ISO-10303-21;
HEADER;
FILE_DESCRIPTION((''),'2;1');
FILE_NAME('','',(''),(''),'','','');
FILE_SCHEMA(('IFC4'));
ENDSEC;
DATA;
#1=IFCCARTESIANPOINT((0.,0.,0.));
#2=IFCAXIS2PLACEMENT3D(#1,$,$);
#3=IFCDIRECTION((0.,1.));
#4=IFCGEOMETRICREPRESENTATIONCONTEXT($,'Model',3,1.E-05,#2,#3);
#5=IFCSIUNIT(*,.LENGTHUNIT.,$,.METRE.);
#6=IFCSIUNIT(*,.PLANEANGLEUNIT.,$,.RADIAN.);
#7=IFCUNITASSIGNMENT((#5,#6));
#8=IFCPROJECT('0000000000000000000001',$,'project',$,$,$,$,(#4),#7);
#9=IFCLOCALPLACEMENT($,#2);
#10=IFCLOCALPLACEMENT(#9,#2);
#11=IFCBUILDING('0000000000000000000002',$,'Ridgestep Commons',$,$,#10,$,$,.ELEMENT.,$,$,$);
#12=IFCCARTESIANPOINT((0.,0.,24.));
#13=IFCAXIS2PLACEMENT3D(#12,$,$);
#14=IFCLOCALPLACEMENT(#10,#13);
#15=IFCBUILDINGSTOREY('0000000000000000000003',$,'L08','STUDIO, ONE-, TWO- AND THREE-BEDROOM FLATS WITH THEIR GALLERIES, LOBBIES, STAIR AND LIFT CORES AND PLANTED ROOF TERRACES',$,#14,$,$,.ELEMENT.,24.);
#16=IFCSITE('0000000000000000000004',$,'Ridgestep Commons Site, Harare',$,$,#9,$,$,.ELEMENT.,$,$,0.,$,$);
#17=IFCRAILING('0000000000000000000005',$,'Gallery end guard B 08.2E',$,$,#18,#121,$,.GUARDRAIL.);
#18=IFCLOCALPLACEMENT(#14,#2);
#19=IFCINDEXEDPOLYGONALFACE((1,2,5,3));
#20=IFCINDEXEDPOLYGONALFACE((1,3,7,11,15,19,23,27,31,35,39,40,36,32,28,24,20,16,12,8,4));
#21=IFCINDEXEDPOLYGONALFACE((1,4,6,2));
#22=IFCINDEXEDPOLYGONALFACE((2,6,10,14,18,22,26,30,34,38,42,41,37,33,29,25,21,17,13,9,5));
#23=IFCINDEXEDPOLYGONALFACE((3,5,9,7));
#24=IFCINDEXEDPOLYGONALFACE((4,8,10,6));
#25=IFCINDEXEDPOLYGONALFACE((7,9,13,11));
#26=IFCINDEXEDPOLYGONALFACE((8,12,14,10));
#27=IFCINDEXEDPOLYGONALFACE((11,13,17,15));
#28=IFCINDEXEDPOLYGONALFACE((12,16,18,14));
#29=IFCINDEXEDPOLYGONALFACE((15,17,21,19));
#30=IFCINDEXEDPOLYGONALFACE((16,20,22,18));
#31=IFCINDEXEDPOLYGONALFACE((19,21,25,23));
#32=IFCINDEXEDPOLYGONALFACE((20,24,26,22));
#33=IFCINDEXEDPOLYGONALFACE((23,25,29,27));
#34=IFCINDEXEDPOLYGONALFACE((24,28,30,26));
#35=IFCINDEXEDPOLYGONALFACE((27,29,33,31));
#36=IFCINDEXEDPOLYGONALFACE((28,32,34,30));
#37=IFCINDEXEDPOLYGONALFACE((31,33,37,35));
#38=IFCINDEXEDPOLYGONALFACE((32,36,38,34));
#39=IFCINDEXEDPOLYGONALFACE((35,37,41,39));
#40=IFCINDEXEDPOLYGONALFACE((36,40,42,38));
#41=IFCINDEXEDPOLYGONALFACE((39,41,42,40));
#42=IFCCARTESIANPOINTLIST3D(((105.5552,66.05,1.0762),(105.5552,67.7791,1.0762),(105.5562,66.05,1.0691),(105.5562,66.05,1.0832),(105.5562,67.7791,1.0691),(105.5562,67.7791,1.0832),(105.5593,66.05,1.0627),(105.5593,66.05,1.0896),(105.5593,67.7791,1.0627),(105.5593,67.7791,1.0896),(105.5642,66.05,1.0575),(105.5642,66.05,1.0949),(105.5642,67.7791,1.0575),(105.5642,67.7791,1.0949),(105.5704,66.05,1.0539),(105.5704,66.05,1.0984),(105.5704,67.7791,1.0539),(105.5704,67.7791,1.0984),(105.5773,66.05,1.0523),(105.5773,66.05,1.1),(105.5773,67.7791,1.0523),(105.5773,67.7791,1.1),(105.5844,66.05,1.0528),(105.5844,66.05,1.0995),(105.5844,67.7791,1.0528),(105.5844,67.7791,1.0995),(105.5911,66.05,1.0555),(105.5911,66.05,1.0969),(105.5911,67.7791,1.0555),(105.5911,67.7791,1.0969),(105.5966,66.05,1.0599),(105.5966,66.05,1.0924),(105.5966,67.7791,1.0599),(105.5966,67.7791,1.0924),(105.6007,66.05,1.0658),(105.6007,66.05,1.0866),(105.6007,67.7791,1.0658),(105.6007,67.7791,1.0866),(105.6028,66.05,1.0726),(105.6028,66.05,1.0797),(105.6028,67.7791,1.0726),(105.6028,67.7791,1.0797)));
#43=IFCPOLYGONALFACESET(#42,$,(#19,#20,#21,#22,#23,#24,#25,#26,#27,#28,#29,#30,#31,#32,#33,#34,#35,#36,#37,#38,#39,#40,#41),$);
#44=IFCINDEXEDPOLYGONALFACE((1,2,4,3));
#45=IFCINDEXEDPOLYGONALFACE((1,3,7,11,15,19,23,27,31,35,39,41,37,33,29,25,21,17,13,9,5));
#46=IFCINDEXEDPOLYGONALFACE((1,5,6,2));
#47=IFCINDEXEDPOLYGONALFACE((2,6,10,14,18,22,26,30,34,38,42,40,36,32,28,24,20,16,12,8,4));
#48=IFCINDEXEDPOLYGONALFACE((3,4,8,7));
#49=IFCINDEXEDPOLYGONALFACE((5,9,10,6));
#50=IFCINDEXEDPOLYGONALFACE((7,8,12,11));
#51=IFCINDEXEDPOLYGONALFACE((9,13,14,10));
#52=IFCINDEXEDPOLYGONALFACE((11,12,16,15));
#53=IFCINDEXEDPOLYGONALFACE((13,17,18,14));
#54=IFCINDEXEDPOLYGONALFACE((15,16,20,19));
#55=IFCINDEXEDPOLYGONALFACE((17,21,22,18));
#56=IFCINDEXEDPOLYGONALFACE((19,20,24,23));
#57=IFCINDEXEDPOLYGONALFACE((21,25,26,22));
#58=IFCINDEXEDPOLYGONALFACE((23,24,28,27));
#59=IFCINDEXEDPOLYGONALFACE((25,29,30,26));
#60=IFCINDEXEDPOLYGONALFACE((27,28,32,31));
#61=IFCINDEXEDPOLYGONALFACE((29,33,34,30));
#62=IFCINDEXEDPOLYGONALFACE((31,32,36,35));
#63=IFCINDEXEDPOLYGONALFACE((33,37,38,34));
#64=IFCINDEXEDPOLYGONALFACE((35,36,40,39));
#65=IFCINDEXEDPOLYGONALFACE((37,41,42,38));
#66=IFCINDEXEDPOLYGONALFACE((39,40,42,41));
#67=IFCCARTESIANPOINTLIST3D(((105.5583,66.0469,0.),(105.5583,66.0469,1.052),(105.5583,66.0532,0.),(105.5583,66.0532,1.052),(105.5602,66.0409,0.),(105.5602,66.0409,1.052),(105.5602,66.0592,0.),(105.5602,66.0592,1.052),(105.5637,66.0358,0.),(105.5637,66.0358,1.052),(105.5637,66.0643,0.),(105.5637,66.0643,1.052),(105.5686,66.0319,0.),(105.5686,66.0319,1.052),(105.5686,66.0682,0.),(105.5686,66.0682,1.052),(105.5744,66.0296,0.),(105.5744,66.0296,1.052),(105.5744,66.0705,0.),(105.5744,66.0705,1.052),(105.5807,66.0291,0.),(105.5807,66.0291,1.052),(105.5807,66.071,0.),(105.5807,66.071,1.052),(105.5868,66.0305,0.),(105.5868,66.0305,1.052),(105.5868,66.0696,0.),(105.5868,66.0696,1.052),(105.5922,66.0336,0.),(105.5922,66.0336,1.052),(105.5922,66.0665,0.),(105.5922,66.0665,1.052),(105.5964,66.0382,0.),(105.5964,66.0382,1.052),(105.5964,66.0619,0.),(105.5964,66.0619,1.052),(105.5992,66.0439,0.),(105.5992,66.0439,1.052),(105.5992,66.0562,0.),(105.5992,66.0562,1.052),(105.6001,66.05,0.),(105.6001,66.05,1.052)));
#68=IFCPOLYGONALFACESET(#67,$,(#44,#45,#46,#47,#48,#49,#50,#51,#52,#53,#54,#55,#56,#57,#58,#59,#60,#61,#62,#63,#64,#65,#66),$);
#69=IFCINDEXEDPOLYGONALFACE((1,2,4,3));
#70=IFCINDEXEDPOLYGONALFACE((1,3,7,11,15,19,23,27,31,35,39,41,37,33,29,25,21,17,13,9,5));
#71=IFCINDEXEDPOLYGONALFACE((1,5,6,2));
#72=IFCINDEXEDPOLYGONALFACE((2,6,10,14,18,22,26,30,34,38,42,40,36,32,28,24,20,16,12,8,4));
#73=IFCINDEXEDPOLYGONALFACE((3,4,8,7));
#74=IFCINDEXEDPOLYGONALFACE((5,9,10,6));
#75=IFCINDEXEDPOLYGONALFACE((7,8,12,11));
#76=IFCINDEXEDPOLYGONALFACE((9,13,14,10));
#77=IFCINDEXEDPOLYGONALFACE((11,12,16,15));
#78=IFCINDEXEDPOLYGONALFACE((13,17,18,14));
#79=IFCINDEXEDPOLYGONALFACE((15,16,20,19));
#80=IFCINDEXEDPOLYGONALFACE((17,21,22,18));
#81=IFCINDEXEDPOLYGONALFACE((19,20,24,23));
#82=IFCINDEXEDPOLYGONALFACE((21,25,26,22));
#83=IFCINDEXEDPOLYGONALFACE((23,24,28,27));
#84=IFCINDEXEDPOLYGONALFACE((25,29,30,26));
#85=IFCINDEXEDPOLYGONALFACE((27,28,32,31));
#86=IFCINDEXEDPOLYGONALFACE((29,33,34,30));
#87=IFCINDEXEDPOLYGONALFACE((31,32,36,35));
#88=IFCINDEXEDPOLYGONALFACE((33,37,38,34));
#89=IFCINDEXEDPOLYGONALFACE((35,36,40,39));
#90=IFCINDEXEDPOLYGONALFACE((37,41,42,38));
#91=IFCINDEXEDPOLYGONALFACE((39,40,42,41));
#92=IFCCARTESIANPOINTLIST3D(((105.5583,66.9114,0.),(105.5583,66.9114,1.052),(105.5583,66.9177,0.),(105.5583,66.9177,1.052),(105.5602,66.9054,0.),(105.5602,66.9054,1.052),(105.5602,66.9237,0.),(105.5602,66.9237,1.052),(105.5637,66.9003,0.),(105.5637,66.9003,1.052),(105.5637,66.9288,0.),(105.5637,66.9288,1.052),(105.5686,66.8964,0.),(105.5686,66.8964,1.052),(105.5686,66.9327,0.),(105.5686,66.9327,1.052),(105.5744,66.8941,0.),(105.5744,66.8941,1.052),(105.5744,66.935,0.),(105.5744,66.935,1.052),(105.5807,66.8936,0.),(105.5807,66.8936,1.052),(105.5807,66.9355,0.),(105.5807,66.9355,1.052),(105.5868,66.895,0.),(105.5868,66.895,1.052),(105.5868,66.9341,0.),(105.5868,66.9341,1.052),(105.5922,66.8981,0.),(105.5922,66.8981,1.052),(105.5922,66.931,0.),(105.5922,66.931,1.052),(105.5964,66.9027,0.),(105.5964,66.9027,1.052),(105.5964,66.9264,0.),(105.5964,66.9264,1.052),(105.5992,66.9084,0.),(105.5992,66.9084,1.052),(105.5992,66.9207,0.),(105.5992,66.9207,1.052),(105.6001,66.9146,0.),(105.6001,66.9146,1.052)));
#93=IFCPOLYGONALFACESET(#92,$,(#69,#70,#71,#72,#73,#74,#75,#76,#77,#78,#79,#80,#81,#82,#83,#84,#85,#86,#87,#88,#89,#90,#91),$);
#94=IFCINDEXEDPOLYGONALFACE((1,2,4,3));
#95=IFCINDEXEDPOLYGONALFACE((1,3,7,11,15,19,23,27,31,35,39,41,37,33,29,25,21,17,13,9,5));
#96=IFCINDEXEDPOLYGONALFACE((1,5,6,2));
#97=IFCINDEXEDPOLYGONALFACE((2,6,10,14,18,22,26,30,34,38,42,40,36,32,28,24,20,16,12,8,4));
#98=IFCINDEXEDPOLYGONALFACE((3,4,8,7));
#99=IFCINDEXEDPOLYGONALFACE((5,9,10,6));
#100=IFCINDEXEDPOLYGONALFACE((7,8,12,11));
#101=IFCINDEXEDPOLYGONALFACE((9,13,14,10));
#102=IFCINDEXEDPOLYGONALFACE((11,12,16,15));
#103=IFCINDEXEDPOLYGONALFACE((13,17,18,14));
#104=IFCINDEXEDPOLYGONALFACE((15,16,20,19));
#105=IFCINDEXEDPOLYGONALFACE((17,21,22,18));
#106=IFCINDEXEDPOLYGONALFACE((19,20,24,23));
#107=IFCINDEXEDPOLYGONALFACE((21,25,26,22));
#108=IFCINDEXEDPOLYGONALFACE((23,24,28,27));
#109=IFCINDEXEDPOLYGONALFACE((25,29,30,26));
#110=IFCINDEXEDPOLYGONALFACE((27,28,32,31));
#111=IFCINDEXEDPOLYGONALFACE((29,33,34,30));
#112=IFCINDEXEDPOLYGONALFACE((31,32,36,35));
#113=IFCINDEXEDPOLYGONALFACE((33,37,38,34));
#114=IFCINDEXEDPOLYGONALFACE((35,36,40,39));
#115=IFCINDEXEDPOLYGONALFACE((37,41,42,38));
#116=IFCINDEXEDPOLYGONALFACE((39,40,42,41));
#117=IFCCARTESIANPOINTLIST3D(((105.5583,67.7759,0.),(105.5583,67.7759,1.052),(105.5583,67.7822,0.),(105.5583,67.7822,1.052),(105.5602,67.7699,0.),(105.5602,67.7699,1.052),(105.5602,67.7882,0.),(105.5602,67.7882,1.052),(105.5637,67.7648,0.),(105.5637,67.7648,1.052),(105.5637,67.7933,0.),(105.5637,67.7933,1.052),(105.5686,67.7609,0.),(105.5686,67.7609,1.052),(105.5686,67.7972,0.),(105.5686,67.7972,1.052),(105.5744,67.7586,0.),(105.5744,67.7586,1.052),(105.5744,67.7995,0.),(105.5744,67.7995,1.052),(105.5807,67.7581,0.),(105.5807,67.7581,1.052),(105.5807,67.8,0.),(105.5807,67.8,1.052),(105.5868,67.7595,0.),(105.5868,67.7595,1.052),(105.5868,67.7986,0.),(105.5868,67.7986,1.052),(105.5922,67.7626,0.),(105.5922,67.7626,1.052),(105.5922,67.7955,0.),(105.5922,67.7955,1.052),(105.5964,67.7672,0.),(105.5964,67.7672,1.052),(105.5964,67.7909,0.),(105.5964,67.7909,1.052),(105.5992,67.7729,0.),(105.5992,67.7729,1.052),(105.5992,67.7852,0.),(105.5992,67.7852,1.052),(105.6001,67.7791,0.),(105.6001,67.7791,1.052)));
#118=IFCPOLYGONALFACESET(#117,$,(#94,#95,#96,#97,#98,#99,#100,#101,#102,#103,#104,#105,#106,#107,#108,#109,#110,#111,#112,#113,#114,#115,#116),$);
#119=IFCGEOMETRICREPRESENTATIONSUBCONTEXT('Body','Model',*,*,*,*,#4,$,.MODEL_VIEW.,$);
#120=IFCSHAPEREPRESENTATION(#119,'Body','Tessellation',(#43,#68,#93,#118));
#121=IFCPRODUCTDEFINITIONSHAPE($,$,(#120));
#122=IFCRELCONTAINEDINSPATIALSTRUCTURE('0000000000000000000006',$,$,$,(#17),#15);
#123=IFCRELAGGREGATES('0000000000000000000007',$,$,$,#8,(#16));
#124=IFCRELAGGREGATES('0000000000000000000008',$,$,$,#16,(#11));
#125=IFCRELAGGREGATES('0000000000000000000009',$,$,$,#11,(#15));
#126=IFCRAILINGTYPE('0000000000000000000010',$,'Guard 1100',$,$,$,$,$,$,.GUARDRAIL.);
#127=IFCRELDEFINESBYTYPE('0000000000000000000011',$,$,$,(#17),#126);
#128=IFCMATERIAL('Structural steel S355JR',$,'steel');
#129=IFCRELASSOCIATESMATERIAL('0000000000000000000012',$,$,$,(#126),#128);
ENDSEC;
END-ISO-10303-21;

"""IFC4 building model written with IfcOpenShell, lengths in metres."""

from ifc_helpers import new_model, si_unit, direction, frame, origin, origin_2d, place, context, subcontext, project, spatial, circle, extrude, material, type_object, element, save


model = new_model("IFC4")

# Units and contexts
model_context = context("Model", 3, precision=1e-05, world=origin(), true_north=direction((0.0, 1.0)))
body_context = subcontext(model_context, "Body", "Model", "MODEL_VIEW")
ifc_project = project(units=[si_unit("LENGTHUNIT", "METRE"), si_unit("PLANEANGLEUNIT", "RADIAN")], contexts=[model_context])

# Site, building, storey
site_placement = place(None, origin())
site = spatial("IfcSite", under=ifc_project, at=site_placement, Name="Ridgestep Commons Site, Harare", CompositionType="ELEMENT", RefElevation=0.0)
building_placement = place(site_placement, origin())
building = spatial("IfcBuilding", under=site, at=building_placement, Name="Ridgestep Commons", CompositionType="ELEMENT")
storey_placement = place(building_placement, frame((0.0, 0.0, 24.0)))
storey = spatial("IfcBuildingStorey", under=building, at=storey_placement, Name="L08", Description="STUDIO, ONE-, TWO- AND THREE-BEDROOM FLATS WITH THEIR GALLERIES, LOBBIES, STAIR AND LIFT CORES AND PLANTED ROOF TERRACES", CompositionType="ELEMENT", Elevation=24.0)

# Railing
ifc_material_1 = material(Name="Structural steel S355JR", Category="steel")
railing_type_1 = type_object("IfcRailingType", Name="Guard 1100", PredefinedType="GUARDRAIL", material=ifc_material_1)
railing_1_placement = place(storey_placement, frame((105.5791, 66.05, 0.0)))
element("IfcRailing", 1, at=railing_1_placement, inside=storey, type_object=railing_type_1, Name="Gallery end guard B 08.2E", PredefinedType="GUARDRAIL", context=body_context, shape_type="SweptSolid", body=[
    extrude(circle(Radius=0.0239, at=origin_2d()), frame((0.0, 0.0, 1.0762), z_axis=(0.0, 1.0, 0.0), x_axis=(-1.0, 0.0, 0.0)), (0.0, 0.0, 1.0), 1.729),
    extrude(circle(Radius=0.021, at=origin_2d()), origin(), (0.0, 0.0, 1.0), 1.052),
    extrude(circle(Radius=0.021, at=origin_2d()), frame((0.0, 0.8645, 0.0)), (0.0, 0.0, 1.0), 1.052),
    extrude(circle(Radius=0.021, at=origin_2d()), frame((0.0, 1.729, 0.0)), (0.0, 0.0, 1.0), 1.052),
])

save(model, "model.ifc")
